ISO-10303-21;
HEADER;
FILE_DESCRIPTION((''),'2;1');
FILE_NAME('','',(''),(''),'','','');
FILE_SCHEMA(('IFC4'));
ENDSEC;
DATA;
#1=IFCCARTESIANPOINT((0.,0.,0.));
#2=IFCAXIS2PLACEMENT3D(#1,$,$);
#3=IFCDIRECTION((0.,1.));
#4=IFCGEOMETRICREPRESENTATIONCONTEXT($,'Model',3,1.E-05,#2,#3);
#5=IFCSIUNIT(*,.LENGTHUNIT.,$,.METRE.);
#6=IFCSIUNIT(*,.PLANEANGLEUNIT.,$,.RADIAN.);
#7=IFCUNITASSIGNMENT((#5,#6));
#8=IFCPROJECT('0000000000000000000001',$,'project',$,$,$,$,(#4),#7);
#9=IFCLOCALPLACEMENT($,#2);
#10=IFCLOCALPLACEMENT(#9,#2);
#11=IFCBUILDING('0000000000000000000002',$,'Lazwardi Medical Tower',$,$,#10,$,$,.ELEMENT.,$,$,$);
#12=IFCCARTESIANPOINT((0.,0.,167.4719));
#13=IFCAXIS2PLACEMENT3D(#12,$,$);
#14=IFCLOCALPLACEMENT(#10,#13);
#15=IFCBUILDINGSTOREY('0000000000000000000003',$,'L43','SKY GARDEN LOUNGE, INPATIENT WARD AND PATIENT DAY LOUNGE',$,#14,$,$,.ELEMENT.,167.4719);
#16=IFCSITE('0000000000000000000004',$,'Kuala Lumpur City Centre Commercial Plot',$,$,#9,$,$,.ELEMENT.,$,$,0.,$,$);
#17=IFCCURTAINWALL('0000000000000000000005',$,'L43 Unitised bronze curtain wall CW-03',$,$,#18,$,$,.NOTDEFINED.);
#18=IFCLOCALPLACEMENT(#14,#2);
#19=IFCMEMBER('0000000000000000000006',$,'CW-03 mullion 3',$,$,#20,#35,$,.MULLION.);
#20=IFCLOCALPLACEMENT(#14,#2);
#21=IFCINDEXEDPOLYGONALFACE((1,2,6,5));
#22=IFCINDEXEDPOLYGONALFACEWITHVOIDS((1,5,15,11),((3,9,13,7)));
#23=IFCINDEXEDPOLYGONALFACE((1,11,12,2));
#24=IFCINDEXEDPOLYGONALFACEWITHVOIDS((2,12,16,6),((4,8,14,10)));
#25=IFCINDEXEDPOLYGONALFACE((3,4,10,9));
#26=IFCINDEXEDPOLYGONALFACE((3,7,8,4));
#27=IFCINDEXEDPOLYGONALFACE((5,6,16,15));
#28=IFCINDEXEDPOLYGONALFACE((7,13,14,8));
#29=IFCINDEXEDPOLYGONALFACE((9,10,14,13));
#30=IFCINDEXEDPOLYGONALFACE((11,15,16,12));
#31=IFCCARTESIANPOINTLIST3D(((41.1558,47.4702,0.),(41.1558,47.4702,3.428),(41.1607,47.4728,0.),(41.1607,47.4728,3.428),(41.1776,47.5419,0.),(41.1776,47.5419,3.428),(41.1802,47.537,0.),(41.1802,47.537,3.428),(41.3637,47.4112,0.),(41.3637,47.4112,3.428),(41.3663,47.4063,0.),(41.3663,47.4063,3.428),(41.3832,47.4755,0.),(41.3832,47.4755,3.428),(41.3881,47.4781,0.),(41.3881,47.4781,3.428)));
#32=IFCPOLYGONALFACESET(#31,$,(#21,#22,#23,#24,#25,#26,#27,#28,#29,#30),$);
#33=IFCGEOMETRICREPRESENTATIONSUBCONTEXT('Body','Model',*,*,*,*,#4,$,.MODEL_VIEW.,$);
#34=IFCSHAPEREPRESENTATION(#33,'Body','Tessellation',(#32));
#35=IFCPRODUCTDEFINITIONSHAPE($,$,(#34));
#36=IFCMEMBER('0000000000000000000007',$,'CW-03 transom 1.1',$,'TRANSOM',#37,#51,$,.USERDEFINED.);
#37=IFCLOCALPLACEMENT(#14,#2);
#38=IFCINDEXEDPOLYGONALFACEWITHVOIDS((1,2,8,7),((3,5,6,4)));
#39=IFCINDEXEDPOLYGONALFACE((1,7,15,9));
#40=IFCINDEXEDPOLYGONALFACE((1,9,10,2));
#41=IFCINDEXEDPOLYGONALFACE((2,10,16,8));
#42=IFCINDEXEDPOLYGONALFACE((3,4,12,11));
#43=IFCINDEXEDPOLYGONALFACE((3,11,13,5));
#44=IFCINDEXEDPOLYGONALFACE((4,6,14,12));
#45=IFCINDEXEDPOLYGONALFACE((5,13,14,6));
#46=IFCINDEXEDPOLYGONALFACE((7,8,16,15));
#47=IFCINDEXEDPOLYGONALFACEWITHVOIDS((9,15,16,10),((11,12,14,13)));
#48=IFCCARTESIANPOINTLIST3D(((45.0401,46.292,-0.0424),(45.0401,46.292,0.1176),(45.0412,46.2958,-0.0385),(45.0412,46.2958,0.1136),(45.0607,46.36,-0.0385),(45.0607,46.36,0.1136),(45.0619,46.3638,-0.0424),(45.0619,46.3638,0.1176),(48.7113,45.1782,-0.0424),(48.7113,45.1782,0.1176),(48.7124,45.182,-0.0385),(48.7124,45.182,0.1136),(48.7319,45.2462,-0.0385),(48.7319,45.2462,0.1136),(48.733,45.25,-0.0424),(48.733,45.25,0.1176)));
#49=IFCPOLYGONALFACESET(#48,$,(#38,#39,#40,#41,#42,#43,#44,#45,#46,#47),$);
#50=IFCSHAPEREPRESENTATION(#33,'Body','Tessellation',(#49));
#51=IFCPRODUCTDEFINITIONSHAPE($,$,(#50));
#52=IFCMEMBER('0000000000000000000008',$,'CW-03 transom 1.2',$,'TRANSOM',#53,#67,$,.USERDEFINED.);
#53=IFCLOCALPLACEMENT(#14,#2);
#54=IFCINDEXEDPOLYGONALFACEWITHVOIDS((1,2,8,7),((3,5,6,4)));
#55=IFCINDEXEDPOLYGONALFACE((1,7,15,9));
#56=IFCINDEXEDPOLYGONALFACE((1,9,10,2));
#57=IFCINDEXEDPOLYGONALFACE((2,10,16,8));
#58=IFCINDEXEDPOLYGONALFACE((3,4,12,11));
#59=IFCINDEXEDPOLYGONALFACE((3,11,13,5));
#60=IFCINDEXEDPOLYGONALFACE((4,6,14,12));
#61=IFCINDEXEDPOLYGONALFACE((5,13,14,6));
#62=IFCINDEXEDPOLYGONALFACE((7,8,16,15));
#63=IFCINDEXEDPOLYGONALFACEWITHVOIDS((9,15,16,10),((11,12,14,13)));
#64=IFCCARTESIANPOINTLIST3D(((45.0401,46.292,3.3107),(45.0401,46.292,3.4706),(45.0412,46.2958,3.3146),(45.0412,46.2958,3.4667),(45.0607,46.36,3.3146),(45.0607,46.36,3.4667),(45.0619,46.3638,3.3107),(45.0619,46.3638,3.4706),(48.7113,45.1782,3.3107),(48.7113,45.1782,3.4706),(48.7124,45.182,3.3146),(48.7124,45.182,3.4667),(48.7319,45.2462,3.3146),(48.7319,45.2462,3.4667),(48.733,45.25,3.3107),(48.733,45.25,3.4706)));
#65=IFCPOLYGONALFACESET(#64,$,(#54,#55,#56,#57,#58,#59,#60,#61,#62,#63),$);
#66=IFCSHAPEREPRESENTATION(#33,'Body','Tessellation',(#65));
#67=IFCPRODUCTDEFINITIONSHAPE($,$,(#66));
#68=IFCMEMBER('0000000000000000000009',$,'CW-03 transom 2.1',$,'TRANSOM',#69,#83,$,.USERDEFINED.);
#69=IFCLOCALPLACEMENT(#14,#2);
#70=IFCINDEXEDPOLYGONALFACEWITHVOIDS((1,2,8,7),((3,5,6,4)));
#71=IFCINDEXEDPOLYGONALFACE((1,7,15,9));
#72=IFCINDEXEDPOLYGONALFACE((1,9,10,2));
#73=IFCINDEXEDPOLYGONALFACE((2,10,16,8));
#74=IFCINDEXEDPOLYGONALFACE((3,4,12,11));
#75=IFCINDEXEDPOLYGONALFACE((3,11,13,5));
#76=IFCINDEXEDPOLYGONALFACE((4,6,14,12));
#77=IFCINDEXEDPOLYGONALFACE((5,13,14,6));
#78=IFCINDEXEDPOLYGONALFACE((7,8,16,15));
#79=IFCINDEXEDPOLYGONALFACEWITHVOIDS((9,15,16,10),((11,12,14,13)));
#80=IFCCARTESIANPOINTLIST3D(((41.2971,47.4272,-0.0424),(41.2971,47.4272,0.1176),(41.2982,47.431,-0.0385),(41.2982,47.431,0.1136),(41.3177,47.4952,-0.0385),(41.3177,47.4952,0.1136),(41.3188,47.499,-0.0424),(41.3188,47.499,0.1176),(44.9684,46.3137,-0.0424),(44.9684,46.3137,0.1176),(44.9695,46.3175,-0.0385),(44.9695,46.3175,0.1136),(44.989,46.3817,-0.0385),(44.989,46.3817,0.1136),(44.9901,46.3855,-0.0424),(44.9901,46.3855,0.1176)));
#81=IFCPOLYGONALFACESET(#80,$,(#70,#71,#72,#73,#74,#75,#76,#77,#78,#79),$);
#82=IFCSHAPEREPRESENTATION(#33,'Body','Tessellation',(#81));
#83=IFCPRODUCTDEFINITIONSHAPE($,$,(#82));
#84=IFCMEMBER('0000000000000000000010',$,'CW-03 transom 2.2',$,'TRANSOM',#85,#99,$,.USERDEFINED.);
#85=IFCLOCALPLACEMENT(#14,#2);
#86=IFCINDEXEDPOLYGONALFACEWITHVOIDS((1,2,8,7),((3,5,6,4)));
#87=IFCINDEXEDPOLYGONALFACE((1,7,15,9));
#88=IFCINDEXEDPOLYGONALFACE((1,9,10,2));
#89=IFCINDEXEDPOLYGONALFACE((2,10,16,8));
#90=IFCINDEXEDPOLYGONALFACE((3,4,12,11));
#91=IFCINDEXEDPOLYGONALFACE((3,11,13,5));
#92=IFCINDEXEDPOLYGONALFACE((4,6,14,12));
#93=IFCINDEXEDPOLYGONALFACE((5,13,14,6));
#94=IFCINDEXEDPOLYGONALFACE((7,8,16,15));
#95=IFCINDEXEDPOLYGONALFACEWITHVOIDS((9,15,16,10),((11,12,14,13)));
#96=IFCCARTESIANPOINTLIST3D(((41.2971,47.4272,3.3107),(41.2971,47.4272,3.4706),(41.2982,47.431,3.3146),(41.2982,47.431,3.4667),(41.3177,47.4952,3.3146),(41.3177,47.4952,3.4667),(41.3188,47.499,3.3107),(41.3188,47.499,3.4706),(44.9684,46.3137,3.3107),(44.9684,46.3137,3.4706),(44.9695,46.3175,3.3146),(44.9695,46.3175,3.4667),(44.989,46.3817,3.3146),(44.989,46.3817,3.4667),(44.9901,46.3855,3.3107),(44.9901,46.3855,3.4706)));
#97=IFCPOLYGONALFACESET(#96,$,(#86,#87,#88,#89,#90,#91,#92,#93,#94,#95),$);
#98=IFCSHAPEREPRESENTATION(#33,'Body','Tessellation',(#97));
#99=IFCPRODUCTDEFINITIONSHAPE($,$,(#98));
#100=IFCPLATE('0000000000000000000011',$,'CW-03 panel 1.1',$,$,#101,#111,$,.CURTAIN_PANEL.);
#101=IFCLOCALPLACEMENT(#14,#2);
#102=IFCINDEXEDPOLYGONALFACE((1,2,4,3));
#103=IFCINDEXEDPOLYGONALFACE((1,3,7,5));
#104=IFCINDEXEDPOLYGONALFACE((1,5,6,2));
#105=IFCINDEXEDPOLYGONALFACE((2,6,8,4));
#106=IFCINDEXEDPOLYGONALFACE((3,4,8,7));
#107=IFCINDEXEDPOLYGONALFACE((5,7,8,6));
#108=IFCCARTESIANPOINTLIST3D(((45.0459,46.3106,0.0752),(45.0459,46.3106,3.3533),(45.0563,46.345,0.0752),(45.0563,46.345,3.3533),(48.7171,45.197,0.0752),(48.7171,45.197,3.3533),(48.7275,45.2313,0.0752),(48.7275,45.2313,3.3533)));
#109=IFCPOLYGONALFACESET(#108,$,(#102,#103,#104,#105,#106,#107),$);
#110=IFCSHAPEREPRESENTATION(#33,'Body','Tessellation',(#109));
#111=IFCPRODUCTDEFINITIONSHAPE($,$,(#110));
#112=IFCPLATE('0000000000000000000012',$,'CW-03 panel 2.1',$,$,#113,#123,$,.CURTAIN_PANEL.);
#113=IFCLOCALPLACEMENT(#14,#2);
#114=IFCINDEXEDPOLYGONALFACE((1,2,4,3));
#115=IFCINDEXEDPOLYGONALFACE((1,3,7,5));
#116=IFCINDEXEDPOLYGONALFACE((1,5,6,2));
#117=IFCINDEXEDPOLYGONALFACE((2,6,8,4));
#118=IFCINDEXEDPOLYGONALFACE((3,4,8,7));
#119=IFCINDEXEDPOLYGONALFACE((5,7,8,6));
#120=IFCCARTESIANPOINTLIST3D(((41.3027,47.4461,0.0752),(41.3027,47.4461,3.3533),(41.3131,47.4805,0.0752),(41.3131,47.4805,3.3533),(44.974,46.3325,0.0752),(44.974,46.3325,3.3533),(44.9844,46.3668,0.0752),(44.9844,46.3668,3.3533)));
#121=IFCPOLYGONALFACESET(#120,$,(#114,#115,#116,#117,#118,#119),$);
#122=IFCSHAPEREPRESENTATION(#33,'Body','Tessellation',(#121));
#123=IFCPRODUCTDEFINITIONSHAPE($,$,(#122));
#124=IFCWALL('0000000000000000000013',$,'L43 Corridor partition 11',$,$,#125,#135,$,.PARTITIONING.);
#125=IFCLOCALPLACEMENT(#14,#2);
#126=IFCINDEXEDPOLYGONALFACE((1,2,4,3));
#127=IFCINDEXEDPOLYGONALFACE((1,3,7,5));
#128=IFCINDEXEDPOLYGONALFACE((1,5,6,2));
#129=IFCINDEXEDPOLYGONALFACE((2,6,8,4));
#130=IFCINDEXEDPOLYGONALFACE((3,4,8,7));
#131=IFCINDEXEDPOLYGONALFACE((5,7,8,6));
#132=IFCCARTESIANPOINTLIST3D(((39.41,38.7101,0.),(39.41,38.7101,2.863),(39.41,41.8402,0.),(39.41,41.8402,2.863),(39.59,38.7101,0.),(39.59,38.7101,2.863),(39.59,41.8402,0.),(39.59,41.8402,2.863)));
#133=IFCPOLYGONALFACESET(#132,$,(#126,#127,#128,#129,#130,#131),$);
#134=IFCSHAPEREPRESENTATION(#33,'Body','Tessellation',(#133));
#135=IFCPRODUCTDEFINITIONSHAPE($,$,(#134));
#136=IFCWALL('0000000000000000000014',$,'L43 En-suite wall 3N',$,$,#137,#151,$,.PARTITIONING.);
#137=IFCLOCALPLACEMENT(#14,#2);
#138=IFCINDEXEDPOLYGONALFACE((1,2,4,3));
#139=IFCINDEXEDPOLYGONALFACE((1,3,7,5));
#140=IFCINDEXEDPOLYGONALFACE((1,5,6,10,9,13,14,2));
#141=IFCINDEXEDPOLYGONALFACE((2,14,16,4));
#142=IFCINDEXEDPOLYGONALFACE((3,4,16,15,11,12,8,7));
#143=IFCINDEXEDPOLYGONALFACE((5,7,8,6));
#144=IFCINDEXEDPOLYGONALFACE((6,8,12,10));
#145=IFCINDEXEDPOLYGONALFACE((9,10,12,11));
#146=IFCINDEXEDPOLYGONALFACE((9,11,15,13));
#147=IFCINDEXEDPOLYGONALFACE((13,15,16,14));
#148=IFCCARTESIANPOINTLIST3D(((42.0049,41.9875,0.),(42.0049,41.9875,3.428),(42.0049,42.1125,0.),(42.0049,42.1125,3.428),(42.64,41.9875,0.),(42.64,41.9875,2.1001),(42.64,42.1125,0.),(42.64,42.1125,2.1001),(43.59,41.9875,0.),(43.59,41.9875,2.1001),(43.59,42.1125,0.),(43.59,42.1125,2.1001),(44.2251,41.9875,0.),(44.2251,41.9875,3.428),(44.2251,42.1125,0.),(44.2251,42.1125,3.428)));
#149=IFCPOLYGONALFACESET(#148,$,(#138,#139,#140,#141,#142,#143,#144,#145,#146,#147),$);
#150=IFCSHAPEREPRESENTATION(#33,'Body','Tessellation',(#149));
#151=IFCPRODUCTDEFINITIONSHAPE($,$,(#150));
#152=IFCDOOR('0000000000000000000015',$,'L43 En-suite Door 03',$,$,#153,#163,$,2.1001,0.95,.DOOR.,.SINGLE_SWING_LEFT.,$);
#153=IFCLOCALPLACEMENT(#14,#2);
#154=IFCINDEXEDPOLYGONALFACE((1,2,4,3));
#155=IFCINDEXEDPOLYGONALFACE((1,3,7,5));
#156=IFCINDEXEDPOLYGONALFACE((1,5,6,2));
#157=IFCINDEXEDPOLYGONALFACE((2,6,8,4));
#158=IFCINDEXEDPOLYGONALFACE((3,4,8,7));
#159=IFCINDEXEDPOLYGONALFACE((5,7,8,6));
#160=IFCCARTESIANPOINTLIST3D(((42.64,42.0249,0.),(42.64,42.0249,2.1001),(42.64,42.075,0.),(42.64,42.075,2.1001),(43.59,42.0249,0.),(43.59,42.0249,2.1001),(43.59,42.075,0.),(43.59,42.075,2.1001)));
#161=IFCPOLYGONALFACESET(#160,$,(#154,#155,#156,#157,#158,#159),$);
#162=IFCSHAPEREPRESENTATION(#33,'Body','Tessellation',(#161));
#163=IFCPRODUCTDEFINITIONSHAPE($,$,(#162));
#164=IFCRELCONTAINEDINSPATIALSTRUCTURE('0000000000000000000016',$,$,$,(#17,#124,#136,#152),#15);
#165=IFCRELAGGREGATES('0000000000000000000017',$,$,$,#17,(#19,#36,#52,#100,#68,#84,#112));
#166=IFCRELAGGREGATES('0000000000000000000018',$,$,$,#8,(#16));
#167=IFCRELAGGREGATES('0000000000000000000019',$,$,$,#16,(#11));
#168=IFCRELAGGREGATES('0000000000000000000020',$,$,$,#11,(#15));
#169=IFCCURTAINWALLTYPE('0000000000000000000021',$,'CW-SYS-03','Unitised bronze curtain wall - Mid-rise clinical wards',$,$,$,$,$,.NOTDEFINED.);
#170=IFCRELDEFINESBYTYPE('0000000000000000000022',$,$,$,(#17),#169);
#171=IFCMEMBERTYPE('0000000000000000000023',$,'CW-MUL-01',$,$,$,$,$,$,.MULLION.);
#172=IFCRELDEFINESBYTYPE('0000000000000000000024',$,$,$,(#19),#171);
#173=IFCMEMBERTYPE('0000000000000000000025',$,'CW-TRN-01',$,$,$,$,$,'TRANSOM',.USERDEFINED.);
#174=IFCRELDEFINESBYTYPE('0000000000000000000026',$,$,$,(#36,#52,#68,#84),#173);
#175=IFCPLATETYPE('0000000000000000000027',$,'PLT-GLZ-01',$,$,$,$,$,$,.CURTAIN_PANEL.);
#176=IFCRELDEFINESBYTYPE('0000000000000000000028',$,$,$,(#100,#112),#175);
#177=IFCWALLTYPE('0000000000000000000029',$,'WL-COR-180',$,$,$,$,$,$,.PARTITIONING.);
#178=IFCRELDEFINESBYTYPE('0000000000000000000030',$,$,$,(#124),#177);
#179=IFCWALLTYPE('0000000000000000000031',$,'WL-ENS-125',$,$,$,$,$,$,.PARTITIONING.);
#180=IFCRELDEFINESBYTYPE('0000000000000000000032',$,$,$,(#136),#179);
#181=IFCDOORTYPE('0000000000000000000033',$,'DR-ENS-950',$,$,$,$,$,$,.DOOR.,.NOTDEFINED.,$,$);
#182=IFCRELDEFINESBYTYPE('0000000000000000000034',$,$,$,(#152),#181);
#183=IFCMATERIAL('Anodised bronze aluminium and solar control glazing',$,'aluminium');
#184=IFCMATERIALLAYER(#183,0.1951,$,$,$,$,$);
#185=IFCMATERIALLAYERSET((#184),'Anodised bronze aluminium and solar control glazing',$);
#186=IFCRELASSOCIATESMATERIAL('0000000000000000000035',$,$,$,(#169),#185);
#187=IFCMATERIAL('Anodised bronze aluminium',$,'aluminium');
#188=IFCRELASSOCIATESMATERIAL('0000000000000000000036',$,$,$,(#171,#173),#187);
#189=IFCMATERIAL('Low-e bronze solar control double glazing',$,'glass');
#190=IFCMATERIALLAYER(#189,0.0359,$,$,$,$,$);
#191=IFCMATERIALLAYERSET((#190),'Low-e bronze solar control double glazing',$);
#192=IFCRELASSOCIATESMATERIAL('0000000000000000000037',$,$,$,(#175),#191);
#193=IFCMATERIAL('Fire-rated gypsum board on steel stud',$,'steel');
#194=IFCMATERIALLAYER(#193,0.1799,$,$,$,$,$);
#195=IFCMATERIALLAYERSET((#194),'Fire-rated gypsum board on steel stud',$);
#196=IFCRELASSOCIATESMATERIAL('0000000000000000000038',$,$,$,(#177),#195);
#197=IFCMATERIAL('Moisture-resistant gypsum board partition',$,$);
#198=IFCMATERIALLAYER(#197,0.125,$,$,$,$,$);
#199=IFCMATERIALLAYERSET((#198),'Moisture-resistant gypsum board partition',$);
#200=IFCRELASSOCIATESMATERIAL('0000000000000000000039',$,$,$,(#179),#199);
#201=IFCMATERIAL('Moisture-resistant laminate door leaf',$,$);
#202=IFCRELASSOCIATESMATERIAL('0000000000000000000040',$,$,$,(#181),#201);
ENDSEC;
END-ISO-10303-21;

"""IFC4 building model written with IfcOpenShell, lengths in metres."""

from ifc_helpers import new_model, si_unit, direction, frame, frame_2d, origin, origin_2d, place, context, subcontext, project, spatial, rectangle, hollow_rectangle, extrude, material, layer, layer_set, material_profile, profile_set, type_object, element, fill, aggregate, save


model = new_model("IFC4")

# Units and contexts
model_context = context("Model", 3, precision=1e-05, world=origin(), true_north=direction((0.0, 1.0)))
body_context = subcontext(model_context, "Body", "Model", "MODEL_VIEW")
ifc_project = project(units=[si_unit("LENGTHUNIT", "METRE"), si_unit("PLANEANGLEUNIT", "RADIAN")], contexts=[model_context])

# Site, building, storey
site_placement = place(None, origin())
site = spatial("IfcSite", under=ifc_project, at=site_placement, Name="Kuala Lumpur City Centre Commercial Plot", CompositionType="ELEMENT", RefElevation=0.0)
building_placement = place(site_placement, origin())
building = spatial("IfcBuilding", under=site, at=building_placement, Name="Lazwardi Medical Tower", CompositionType="ELEMENT")
storey_placement = place(building_placement, frame((0.0, 0.0, 167.4719)))
storey = spatial("IfcBuildingStorey", under=building, at=storey_placement, Name="L43", Description="SKY GARDEN LOUNGE, INPATIENT WARD AND PATIENT DAY LOUNGE", CompositionType="ELEMENT", Elevation=167.4719)

# Curtain wall, members, plates
ifc_material_1 = material(Name="Anodised bronze aluminium and solar control glazing", Category="aluminium")
ifc_layer_1 = layer(ifc_material_1, 0.1951)
ifc_layer_set_1 = layer_set([ifc_layer_1], Name="Anodised bronze aluminium and solar control glazing")
curtain_wall_type = type_object("IfcCurtainWallType", Name="CW-SYS-03", Description="Unitised bronze curtain wall - Mid-rise clinical wards", PredefinedType="NOTDEFINED", material=ifc_layer_set_1)
curtain_wall_placement = place(storey_placement, origin())
curtain_wall = element("IfcCurtainWall", 1, at=curtain_wall_placement, inside=storey, type_object=curtain_wall_type, Name="L43 Unitised bronze curtain wall CW-03", PredefinedType="NOTDEFINED")
ifc_material_2 = material(Name="Anodised bronze aluminium", Category="aluminium")
ifc_material_profile_1 = material_profile(ifc_material_2, hollow_rectangle(XDim=0.075, YDim=0.22, WallThickness=0.0039, at=origin_2d()), Name="ALU-MULLION 220x75x4")
ifc_profile_set_1 = profile_set([ifc_material_profile_1], Name="Anodised bronze aluminium")
member_type_1 = type_object("IfcMemberType", Name="CW-MUL-01", PredefinedType="MULLION", material=ifc_profile_set_1)
member_1_placement = place(storey_placement, frame((41.272, 47.4741, 0.0), z_axis=(0.0, 0.0, 1.0), x_axis=(-0.290281, -0.956942, 0.0)))
member_1 = element("IfcMember", 2, at=member_1_placement, type_object=member_type_1, Name="CW-03 mullion 3", PredefinedType="MULLION", context=body_context, shape_type="SweptSolid", body=[
    extrude(hollow_rectangle(XDim=0.075, YDim=0.22, WallThickness=0.0039, at=origin_2d()), origin(), (0.0, 0.0, 1.0), 3.428),
])
ifc_material_profile_2 = material_profile(ifc_material_2, hollow_rectangle(XDim=0.075, YDim=0.1599, WallThickness=0.0039, at=origin_2d()), Name="ALU-TRANSOM 160x75x4")
ifc_profile_set_2 = profile_set([ifc_material_profile_2], Name="Anodised bronze aluminium")
member_type_2 = type_object("IfcMemberType", Name="CW-TRN-01", ElementType="TRANSOM", PredefinedType="USERDEFINED", material=ifc_profile_set_2)
member_2_placement = place(storey_placement, frame((48.7222, 45.2141, 0.0376), z_axis=(-0.95693, 0.290318, 0.0), x_axis=(-0.290318, -0.95693, 0.0)))
member_2 = element("IfcMember", 3, at=member_2_placement, type_object=member_type_2, Name="CW-03 transom 1.1", ObjectType="TRANSOM", PredefinedType="USERDEFINED", context=body_context, shape_type="SweptSolid", body=[
    extrude(hollow_rectangle(XDim=0.075, YDim=0.1599, WallThickness=0.0039, at=origin_2d()), origin(), (0.0, 0.0, 1.0), 3.8364),
])
member_3_placement = place(storey_placement, frame((48.7222, 45.2141, 3.3906), z_axis=(-0.95693, 0.290318, 0.0), x_axis=(-0.290318, -0.95693, 0.0)))
member_3 = element("IfcMember", 4, at=member_3_placement, type_object=member_type_2, Name="CW-03 transom 1.2", ObjectType="TRANSOM", PredefinedType="USERDEFINED", context=body_context, shape_type="SweptSolid", body=[
    extrude(hollow_rectangle(XDim=0.075, YDim=0.1599, WallThickness=0.0039, at=origin_2d()), origin(), (0.0, 0.0, 1.0), 3.8364),
])
member_4_placement = place(storey_placement, frame((44.9792, 46.3496, 0.0376), z_axis=(-0.956953, 0.290242, 0.0), x_axis=(-0.290242, -0.956953, 0.0)))
member_4 = element("IfcMember", 5, at=member_4_placement, type_object=member_type_2, Name="CW-03 transom 2.1", ObjectType="TRANSOM", PredefinedType="USERDEFINED", context=body_context, shape_type="SweptSolid", body=[
    extrude(hollow_rectangle(XDim=0.075, YDim=0.1599, WallThickness=0.0039, at=origin_2d()), origin(), (0.0, 0.0, 1.0), 3.8364),
])
member_5_placement = place(storey_placement, frame((44.9792, 46.3496, 3.3906), z_axis=(-0.956953, 0.290242, 0.0), x_axis=(-0.290242, -0.956953, 0.0)))
member_5 = element("IfcMember", 6, at=member_5_placement, type_object=member_type_2, Name="CW-03 transom 2.2", ObjectType="TRANSOM", PredefinedType="USERDEFINED", context=body_context, shape_type="SweptSolid", body=[
    extrude(hollow_rectangle(XDim=0.075, YDim=0.1599, WallThickness=0.0039, at=origin_2d()), origin(), (0.0, 0.0, 1.0), 3.8364),
])
ifc_material_3 = material(Name="Low-e bronze solar control double glazing", Category="glass")
ifc_layer_2 = layer(ifc_material_3, 0.0359)
ifc_layer_set_2 = layer_set([ifc_layer_2], Name="Low-e bronze solar control double glazing")
plate_type = type_object("IfcPlateType", Name="PLT-GLZ-01", PredefinedType="CURTAIN_PANEL", material=ifc_layer_set_2)
plate_1_placement = place(storey_placement, frame((46.8867, 45.771, 0.0752), z_axis=(0.0, 0.0, 1.0), x_axis=(-0.956942, 0.290281, 0.0)))
plate_1 = element("IfcPlate", 7, at=plate_1_placement, type_object=plate_type, Name="CW-03 panel 1.1", PredefinedType="CURTAIN_PANEL", context=body_context, shape_type="SweptSolid", body=[
    extrude(rectangle(XDim=3.8364, YDim=0.0359, at=origin_2d()), origin(), (0.0, 0.0, 1.0), 3.2781),
])
plate_2_placement = place(storey_placement, frame((43.1436, 46.9065, 0.0752), z_axis=(0.0, 0.0, 1.0), x_axis=(-0.956942, 0.290281, 0.0)))
plate_2 = element("IfcPlate", 8, at=plate_2_placement, type_object=plate_type, Name="CW-03 panel 2.1", PredefinedType="CURTAIN_PANEL", context=body_context, shape_type="SweptSolid", body=[
    extrude(rectangle(XDim=3.8364, YDim=0.0359, at=origin_2d()), origin(), (0.0, 0.0, 1.0), 3.2781),
])
aggregate(curtain_wall, [member_1, member_2, member_3, plate_1, member_4, member_5, plate_2])

# Wall
ifc_material_4 = material(Name="Fire-rated gypsum board on steel stud", Category="steel")
ifc_layer_3 = layer(ifc_material_4, 0.1799)
ifc_layer_set_3 = layer_set([ifc_layer_3], Name="Fire-rated gypsum board on steel stud")
wall_type_1 = type_object("IfcWallType", Name="WL-COR-180", PredefinedType="PARTITIONING", material=ifc_layer_set_3)
wall_1_placement = place(storey_placement, frame((39.5, 41.8401, 0.0), z_axis=(0.0, 0.0, 1.0), x_axis=(0.0, -1.0, 0.0)))
element("IfcWall", 9, at=wall_1_placement, inside=storey, type_object=wall_type_1, Name="L43 Corridor partition 11", PredefinedType="PARTITIONING", context=body_context, shape_type="SweptSolid", body=[
    extrude(rectangle(XDim=3.1301, YDim=0.1799, at=frame_2d((1.5649, 0.0))), origin(), (0.0, 0.0, 1.0), 2.863),
])

# Wall, opening, door
ifc_material_5 = material(Name="Moisture-resistant gypsum board partition")
ifc_layer_4 = layer(ifc_material_5, 0.125)
ifc_layer_set_4 = layer_set([ifc_layer_4], Name="Moisture-resistant gypsum board partition")
wall_type_2 = type_object("IfcWallType", Name="WL-ENS-125", PredefinedType="PARTITIONING", material=ifc_layer_set_4)
wall_2_placement = place(storey_placement, frame((42.0049, 42.05, 0.0), z_axis=(0.0, 0.0, 1.0), x_axis=(1.0, 0.0, 0.0)))
wall_2 = element("IfcWall", 10, at=wall_2_placement, inside=storey, type_object=wall_type_2, Name="L43 En-suite wall 3N", PredefinedType="PARTITIONING", context=body_context, shape_type="SweptSolid", body=[
    extrude(rectangle(XDim=2.2202, YDim=0.125, at=frame_2d((1.1101, 0.0))), origin(), (0.0, 0.0, 1.0), 3.428),
])
opening_1_placement = place(wall_2_placement, frame((0.635, 0.0, 0.0)))
opening_1 = element("IfcOpeningElement", 11, at=opening_1_placement, cuts=wall_2, PredefinedType="OPENING", context=body_context, shape_type="SweptSolid", body=[
    extrude(rectangle(XDim=0.95, YDim=2.1001, at=frame_2d((0.4751, 1.05))), frame((0.0, 0.0725, 0.0), z_axis=(0.0, -1.0, 0.0), x_axis=(1.0, 0.0, 0.0)), (0.0, 0.0, 1.0), 0.145),
])
ifc_material_6 = material(Name="Moisture-resistant laminate door leaf")
door_type = type_object("IfcDoorType", Name="DR-ENS-950", OperationType="NOTDEFINED", PredefinedType="DOOR", material=ifc_material_6)
door_placement = place(opening_1_placement, origin())
door = element("IfcDoor", 12, at=door_placement, inside=storey, type_object=door_type, Name="L43 En-suite Door 03", OperationType="SINGLE_SWING_LEFT", OverallHeight=2.1001, OverallWidth=0.95, PredefinedType="DOOR", context=body_context, shape_type="SweptSolid", body=[
    extrude(rectangle(XDim=0.95, YDim=2.1001, at=frame_2d((0.4751, 1.05))), frame((0.0, 0.0249, 0.0), z_axis=(0.0, -1.0, 0.0), x_axis=(1.0, 0.0, 0.0)), (0.0, 0.0, 1.0), 0.05),
])
fill(opening_1, door)

save(model, "model.ifc")
